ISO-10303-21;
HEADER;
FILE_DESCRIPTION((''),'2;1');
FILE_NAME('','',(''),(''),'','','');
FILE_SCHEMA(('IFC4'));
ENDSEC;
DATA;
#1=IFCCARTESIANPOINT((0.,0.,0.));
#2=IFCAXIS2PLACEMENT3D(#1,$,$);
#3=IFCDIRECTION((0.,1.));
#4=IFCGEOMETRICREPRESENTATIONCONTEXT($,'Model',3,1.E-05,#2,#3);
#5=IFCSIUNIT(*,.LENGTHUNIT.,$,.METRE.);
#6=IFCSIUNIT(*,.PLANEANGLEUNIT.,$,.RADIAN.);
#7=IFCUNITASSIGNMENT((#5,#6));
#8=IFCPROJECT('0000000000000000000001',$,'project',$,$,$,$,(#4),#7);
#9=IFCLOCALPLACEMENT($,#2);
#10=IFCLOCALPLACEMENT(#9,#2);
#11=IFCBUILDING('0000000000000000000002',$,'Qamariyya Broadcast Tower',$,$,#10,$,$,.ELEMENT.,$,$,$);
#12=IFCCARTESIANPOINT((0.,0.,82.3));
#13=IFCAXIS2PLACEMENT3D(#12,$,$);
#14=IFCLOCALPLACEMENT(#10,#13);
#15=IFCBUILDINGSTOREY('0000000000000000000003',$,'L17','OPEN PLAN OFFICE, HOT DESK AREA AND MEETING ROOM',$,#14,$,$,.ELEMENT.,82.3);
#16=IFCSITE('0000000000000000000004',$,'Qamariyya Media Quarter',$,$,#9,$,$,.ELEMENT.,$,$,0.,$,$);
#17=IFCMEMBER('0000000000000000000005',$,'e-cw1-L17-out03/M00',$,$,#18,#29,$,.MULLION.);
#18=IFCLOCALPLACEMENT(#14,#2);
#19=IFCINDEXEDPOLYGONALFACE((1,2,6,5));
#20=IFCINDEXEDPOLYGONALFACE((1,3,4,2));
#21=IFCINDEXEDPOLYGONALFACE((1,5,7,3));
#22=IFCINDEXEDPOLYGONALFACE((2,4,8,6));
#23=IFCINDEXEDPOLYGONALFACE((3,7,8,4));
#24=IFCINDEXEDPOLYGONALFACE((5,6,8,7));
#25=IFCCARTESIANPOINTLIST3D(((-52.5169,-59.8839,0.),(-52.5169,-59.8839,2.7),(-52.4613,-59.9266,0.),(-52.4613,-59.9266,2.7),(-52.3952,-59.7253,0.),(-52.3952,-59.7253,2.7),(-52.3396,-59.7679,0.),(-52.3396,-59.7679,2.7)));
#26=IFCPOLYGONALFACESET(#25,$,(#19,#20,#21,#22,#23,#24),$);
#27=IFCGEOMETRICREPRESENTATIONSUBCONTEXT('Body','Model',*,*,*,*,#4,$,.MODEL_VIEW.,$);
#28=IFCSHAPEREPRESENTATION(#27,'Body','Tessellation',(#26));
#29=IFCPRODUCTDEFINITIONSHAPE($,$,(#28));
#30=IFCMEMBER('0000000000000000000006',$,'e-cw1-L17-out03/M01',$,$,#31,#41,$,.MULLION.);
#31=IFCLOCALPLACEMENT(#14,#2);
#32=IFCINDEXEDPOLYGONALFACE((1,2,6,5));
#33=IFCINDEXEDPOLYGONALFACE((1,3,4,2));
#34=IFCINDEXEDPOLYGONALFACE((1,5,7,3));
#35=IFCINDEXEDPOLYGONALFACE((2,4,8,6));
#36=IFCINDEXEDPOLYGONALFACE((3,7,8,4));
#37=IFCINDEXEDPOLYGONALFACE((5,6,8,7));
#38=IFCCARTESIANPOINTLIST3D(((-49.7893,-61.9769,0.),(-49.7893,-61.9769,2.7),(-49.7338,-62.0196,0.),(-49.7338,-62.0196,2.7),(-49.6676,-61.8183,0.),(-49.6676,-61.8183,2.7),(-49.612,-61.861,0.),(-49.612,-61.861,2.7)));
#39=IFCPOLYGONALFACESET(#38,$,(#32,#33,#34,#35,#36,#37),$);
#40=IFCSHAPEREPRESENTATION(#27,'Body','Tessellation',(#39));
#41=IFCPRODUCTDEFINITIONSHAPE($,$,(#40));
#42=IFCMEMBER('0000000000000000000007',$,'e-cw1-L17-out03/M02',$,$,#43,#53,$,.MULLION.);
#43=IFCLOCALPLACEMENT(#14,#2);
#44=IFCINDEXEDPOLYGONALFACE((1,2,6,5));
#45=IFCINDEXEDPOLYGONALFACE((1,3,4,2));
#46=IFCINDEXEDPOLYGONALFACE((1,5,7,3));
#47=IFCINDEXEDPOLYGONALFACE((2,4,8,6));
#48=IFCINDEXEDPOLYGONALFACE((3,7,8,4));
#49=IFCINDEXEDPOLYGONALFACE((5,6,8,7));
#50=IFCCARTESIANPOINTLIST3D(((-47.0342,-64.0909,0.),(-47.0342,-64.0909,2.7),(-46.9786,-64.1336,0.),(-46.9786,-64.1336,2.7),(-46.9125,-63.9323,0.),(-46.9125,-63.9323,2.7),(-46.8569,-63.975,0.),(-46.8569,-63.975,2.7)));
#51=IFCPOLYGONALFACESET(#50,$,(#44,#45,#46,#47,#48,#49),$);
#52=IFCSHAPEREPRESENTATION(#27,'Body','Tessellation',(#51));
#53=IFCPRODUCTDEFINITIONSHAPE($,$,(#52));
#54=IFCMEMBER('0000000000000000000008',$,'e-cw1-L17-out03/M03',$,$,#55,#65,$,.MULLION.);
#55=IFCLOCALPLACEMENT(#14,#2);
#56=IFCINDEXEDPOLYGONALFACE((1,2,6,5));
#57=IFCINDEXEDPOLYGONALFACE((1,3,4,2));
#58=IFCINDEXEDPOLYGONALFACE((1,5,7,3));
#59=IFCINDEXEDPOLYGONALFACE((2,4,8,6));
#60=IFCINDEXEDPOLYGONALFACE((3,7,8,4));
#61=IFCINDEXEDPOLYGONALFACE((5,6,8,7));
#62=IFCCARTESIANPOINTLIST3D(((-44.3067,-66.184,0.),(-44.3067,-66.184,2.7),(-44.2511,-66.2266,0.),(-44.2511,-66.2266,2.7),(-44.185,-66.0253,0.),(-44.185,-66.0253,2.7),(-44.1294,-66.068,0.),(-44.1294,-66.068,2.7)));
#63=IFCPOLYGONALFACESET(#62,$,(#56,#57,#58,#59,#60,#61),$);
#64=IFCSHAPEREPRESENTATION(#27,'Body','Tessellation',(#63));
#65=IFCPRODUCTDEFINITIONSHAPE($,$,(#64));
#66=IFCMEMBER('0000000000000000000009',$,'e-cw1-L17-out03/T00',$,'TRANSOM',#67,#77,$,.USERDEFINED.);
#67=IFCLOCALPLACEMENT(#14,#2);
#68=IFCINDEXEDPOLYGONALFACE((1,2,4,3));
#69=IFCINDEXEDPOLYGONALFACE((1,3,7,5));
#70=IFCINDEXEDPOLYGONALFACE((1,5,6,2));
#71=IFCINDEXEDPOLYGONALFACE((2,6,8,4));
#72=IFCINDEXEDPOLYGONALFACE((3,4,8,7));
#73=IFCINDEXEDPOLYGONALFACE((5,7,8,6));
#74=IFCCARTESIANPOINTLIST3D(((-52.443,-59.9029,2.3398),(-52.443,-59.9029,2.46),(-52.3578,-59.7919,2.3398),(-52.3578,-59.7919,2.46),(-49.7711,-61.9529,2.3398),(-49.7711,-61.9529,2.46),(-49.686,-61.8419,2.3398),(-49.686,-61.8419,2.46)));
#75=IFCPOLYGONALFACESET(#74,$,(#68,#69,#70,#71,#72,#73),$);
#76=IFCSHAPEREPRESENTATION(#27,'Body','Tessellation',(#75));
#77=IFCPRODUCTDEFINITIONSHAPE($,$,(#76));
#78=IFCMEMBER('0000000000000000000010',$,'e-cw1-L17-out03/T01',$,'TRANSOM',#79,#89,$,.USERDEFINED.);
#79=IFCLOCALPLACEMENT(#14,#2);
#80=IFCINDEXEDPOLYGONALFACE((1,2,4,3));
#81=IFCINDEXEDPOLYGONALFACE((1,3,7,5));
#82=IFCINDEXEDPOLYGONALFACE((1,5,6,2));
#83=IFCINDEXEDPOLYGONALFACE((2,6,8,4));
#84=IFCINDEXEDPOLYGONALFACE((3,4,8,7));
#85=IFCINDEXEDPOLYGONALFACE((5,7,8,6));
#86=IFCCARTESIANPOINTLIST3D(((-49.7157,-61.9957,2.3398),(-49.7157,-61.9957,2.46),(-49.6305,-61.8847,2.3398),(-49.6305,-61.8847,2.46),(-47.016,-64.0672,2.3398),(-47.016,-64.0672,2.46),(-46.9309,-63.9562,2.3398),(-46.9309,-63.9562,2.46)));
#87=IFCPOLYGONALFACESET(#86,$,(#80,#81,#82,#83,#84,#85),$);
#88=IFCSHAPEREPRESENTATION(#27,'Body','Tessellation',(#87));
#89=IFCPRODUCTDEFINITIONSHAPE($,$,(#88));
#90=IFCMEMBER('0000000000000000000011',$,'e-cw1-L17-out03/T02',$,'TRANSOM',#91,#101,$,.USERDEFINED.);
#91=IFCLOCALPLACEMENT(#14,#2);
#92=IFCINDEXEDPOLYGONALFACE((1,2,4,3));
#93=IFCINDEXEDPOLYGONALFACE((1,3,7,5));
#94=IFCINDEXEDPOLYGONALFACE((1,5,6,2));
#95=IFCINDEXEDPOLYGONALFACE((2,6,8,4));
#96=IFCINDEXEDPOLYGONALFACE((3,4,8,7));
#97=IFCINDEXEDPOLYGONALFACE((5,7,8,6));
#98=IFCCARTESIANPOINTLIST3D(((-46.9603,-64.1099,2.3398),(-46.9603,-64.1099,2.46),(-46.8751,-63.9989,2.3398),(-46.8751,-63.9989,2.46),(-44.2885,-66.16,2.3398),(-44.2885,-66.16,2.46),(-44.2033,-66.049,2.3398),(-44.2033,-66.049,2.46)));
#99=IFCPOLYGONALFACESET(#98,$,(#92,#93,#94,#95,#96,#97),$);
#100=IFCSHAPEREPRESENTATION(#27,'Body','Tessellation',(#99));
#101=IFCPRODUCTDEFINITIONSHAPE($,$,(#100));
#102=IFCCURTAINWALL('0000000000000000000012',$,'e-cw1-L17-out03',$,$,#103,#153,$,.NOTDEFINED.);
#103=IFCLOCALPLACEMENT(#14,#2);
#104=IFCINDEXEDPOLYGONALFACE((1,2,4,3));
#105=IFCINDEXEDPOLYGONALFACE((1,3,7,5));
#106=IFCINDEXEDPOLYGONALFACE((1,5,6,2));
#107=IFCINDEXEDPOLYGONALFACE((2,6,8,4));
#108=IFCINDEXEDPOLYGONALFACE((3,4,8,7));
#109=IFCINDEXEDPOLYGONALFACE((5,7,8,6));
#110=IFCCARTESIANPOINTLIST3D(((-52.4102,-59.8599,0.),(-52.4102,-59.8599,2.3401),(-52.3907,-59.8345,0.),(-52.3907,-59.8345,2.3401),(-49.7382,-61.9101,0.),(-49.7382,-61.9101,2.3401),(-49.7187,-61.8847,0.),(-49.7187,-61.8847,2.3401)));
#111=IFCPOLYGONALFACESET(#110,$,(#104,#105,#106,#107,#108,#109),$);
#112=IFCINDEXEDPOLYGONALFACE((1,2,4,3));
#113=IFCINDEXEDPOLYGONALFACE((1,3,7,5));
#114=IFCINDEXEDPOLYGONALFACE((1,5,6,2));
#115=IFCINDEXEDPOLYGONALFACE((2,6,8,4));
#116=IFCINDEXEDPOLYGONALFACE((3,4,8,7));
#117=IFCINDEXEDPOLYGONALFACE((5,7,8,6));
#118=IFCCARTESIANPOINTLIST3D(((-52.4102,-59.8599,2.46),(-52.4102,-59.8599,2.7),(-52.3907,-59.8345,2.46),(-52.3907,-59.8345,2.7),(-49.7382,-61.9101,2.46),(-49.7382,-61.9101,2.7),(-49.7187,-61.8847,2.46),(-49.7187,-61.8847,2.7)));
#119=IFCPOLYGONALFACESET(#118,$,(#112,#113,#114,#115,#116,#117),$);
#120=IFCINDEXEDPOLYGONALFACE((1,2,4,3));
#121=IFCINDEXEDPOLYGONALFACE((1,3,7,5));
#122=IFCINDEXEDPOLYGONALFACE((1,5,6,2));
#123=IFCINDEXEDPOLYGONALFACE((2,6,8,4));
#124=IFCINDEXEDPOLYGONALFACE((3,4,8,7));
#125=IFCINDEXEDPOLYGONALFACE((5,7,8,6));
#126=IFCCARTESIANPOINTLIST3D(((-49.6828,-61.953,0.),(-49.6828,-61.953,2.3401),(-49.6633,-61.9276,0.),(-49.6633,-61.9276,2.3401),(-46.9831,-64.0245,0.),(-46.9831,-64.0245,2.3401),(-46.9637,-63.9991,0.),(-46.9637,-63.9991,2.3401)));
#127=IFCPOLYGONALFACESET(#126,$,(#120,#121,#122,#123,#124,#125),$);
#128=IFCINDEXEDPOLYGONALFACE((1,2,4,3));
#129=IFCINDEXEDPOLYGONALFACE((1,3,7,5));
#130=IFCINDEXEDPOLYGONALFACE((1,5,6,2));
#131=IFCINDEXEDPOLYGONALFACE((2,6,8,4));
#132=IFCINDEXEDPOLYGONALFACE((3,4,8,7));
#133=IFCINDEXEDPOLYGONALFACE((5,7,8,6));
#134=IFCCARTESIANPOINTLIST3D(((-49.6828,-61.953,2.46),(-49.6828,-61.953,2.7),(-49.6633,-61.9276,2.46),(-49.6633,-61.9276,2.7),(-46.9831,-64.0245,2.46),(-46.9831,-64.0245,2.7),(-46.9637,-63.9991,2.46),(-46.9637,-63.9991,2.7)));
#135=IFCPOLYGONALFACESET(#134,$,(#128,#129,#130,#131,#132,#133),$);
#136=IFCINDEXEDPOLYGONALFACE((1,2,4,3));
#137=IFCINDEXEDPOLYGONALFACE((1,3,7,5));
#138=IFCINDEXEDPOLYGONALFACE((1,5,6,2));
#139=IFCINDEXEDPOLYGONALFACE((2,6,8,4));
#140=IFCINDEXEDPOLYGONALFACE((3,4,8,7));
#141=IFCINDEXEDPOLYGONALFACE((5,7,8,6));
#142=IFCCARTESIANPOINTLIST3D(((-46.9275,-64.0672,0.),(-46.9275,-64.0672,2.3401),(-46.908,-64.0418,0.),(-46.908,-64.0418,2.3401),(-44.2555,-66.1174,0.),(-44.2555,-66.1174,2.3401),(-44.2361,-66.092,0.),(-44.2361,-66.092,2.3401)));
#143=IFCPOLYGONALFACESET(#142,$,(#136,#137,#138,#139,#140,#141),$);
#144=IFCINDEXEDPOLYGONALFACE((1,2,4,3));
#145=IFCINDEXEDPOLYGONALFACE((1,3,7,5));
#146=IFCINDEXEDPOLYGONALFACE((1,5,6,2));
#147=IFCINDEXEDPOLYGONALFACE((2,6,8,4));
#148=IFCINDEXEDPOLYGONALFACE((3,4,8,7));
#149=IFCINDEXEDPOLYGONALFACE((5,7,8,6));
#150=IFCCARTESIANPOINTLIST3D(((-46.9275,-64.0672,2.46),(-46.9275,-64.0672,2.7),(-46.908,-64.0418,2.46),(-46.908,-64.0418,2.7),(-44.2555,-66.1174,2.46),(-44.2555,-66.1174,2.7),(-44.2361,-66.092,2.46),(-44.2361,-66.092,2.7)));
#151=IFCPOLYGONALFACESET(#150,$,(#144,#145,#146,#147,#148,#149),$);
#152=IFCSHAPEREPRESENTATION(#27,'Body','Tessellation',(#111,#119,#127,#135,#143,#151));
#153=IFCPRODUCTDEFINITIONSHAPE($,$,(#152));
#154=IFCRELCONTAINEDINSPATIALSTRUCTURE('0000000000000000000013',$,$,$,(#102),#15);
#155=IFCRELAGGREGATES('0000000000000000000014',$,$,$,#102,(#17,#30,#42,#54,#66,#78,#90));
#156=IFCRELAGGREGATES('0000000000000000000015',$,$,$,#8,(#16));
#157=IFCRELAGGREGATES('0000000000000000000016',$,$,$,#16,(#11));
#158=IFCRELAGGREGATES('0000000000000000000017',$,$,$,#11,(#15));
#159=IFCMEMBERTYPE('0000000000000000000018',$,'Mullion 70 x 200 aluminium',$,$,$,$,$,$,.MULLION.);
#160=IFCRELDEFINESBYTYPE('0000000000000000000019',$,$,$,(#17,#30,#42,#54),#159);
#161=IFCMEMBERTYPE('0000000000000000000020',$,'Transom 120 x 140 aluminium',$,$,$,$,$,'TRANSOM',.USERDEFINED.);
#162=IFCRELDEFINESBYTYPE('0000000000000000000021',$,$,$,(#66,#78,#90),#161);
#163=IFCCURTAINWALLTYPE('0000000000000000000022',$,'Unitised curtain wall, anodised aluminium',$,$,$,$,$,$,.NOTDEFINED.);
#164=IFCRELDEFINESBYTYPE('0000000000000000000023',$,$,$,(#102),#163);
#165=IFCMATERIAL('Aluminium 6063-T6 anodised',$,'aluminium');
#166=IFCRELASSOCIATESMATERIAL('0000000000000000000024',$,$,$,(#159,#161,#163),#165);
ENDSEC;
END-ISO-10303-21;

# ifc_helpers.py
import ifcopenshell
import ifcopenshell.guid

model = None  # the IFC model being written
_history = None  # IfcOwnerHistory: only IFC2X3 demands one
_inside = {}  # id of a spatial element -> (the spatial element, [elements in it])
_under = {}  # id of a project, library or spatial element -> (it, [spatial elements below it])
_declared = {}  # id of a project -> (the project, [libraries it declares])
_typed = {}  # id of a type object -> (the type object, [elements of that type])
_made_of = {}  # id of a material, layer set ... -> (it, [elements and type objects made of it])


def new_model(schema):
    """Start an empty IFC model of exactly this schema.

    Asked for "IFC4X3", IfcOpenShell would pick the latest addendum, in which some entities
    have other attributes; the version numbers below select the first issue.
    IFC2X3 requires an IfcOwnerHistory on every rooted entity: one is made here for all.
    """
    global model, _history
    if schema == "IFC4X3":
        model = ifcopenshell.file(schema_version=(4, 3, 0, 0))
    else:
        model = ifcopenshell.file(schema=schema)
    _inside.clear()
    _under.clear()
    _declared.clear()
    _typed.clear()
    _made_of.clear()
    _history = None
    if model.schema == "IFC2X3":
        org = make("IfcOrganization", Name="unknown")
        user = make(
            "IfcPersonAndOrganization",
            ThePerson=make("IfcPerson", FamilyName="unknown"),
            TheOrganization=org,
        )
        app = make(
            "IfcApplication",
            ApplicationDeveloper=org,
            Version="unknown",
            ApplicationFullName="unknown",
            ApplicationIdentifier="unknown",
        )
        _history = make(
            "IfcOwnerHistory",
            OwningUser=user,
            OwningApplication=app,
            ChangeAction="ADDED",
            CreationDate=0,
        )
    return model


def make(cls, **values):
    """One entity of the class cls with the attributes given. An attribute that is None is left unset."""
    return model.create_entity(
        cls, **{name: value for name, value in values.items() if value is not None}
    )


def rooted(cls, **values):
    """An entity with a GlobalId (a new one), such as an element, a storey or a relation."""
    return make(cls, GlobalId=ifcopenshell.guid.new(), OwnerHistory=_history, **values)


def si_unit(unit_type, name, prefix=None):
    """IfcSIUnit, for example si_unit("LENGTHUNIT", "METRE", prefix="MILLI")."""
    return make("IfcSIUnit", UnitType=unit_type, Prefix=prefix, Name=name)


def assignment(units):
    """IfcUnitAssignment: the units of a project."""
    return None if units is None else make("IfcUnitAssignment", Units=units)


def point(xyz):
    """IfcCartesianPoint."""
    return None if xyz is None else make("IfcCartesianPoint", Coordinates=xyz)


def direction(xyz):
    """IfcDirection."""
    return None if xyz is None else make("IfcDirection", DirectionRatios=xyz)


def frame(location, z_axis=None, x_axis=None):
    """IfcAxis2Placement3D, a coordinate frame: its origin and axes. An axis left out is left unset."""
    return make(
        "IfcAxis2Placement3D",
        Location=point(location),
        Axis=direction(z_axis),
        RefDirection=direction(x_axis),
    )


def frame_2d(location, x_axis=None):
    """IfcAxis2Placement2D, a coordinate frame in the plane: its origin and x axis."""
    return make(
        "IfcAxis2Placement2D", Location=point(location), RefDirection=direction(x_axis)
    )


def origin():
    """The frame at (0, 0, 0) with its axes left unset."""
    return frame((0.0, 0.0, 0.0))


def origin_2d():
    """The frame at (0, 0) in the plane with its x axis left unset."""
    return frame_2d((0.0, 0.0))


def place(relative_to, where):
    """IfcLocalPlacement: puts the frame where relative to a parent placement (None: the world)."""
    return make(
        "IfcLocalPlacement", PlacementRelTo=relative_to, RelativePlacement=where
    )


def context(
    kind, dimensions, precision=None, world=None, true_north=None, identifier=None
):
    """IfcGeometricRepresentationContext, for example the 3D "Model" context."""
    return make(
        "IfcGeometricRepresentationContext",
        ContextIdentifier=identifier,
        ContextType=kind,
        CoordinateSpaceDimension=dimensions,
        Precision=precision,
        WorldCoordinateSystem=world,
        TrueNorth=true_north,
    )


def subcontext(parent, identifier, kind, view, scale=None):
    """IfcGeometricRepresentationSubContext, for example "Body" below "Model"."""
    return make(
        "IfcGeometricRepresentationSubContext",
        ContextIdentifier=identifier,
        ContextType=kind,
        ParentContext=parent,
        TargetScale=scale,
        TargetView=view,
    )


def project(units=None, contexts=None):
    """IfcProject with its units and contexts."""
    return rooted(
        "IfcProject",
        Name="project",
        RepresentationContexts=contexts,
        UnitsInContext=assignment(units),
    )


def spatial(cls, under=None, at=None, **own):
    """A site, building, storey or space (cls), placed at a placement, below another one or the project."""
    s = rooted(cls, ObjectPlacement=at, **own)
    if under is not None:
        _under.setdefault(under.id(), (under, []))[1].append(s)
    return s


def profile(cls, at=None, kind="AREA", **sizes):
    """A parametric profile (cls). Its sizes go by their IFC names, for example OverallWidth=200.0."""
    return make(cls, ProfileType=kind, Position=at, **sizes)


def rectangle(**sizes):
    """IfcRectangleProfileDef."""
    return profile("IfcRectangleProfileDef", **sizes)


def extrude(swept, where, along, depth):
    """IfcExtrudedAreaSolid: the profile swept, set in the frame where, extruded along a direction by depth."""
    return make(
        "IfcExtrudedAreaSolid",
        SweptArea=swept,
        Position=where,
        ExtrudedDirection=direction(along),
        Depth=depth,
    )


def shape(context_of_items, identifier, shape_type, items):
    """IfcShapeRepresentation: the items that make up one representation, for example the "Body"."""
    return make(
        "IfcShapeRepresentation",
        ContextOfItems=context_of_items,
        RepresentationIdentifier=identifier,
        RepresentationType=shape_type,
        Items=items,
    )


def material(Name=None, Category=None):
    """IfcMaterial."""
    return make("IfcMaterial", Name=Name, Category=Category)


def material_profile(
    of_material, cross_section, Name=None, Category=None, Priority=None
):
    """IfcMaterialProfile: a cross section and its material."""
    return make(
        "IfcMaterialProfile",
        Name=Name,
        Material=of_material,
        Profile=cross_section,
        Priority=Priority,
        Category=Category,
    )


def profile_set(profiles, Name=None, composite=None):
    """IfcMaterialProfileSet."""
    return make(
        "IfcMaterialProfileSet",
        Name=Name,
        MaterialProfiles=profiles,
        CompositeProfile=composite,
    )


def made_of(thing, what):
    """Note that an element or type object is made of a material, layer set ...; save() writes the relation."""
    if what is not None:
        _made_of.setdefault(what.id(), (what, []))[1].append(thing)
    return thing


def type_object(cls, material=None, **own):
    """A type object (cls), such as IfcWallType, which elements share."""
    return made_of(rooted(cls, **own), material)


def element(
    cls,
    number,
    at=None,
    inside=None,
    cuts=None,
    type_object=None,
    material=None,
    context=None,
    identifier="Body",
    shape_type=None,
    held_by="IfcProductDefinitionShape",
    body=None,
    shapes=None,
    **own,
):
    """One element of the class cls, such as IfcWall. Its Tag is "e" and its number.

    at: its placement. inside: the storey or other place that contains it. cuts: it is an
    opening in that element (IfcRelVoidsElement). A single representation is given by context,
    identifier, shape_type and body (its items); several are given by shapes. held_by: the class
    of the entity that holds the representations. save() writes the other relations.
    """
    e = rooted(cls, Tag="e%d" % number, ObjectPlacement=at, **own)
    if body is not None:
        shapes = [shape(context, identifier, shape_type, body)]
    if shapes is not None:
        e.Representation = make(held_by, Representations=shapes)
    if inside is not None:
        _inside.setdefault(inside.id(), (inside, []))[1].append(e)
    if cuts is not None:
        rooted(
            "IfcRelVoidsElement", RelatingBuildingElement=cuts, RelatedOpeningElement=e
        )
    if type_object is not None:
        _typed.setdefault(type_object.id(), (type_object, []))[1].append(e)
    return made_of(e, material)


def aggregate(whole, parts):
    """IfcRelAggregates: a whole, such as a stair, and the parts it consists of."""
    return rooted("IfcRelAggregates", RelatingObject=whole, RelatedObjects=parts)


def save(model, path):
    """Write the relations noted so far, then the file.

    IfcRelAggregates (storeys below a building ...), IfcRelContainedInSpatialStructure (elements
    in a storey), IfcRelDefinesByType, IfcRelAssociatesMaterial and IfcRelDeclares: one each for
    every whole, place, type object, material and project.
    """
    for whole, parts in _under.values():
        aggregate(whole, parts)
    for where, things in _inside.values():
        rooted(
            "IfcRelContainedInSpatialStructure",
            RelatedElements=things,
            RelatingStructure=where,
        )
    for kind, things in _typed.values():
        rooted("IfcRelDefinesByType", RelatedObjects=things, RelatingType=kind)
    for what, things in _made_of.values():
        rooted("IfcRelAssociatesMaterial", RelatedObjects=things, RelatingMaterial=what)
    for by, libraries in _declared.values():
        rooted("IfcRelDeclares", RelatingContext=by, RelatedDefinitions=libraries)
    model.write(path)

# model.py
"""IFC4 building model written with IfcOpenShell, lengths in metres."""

from ifc_helpers import new_model, si_unit, direction, frame, origin, origin_2d, place, context, subcontext, project, spatial, rectangle, extrude, material, material_profile, profile_set, type_object, element, aggregate, save


model = new_model("IFC4")

# Units and contexts
model_context = context("Model", 3, precision=1e-05, world=origin(), true_north=direction((0.0, 1.0)))
body_context = subcontext(model_context, "Body", "Model", "MODEL_VIEW")
ifc_project = project(units=[si_unit("LENGTHUNIT", "METRE"), si_unit("PLANEANGLEUNIT", "RADIAN")], contexts=[model_context])

# Members
ifc_material_1 = material(Name="Aluminium 6063-T6 anodised", Category="aluminium")
ifc_material_profile_1 = material_profile(ifc_material_1, rectangle(XDim=0.2, YDim=0.0701, at=origin_2d()))
ifc_profile_set_1 = profile_set([ifc_material_profile_1], Name="Aluminium 6063-T6 anodised")
member_type_1 = type_object("IfcMemberType", Name="Mullion 70 x 200 aluminium", PredefinedType="MULLION", material=ifc_profile_set_1)
site_placement = place(None, origin())
building_placement = place(site_placement, origin())
storey_placement = place(building_placement, frame((0.0, 0.0, 82.3)))
member_1_placement = place(storey_placement, frame((-52.4282, -59.8259, 0.0), z_axis=(0.0, 0.0, 1.0), x_axis=(0.608761, 0.793353, 0.0)))
member_1 = element("IfcMember", 1, at=member_1_placement, type_object=member_type_1, Name="e-cw1-L17-out03/M00", PredefinedType="MULLION", context=body_context, shape_type="SweptSolid", body=[
    extrude(rectangle(XDim=0.2, YDim=0.0701, at=origin_2d()), origin(), (0.0, 0.0, 1.0), 2.7),
])
member_2_placement = place(storey_placement, frame((-49.7007, -61.9189, 0.0), z_axis=(0.0, 0.0, 1.0), x_axis=(0.608761, 0.793353, 0.0)))
member_2 = element("IfcMember", 2, at=member_2_placement, type_object=member_type_1, Name="e-cw1-L17-out03/M01", PredefinedType="MULLION", context=body_context, shape_type="SweptSolid", body=[
    extrude(rectangle(XDim=0.2, YDim=0.0701, at=origin_2d()), origin(), (0.0, 0.0, 1.0), 2.7),
])
member_3_placement = place(storey_placement, frame((-46.9456, -64.033, 0.0), z_axis=(0.0, 0.0, 1.0), x_axis=(0.608761, 0.793353, 0.0)))
member_3 = element("IfcMember", 3, at=member_3_placement, type_object=member_type_1, Name="e-cw1-L17-out03/M02", PredefinedType="MULLION", context=body_context, shape_type="SweptSolid", body=[
    extrude(rectangle(XDim=0.2, YDim=0.0701, at=origin_2d()), origin(), (0.0, 0.0, 1.0), 2.7),
])
member_4_placement = place(storey_placement, frame((-44.218, -66.126, 0.0), z_axis=(0.0, 0.0, 1.0), x_axis=(0.608761, 0.793353, 0.0)))
member_4 = element("IfcMember", 4, at=member_4_placement, type_object=member_type_1, Name="e-cw1-L17-out03/M03", PredefinedType="MULLION", context=body_context, shape_type="SweptSolid", body=[
    extrude(rectangle(XDim=0.2, YDim=0.0701, at=origin_2d()), origin(), (0.0, 0.0, 1.0), 2.7),
])
ifc_material_profile_2 = material_profile(ifc_material_1, rectangle(XDim=0.1399, YDim=0.1201, at=origin_2d()))
ifc_profile_set_2 = profile_set([ifc_material_profile_2], Name="Aluminium 6063-T6 anodised")
member_type_2 = type_object("IfcMemberType", Name="Transom 120 x 140 aluminium", ElementType="TRANSOM", PredefinedType="USERDEFINED", material=ifc_profile_set_2)
member_5_placement = place(storey_placement, frame((-52.4004, -59.8474, 2.3999), z_axis=(0.793375, -0.608733, 0.0), x_axis=(0.608733, 0.793375, 0.0)))
member_5 = element("IfcMember", 5, at=member_5_placement, type_object=member_type_2, Name="e-cw1-L17-out03/T00", ObjectType="TRANSOM", PredefinedType="USERDEFINED", context=body_context, shape_type="SweptSolid", body=[
    extrude(rectangle(XDim=0.1399, YDim=0.1201, at=origin_2d()), origin(), (0.0, 0.0, 1.0), 3.3677),
])
member_6_placement = place(storey_placement, frame((-49.6731, -61.9402, 2.3999), z_axis=(0.793357, -0.608757, 0.0), x_axis=(0.608757, 0.793357, 0.0)))
member_6 = element("IfcMember", 6, at=member_6_placement, type_object=member_type_2, Name="e-cw1-L17-out03/T01", ObjectType="TRANSOM", PredefinedType="USERDEFINED", context=body_context, shape_type="SweptSolid", body=[
    extrude(rectangle(XDim=0.1399, YDim=0.1201, at=origin_2d()), origin(), (0.0, 0.0, 1.0), 3.4028),
])
member_7_placement = place(storey_placement, frame((-46.9177, -64.0544, 2.3999), z_axis=(0.793375, -0.608733, 0.0), x_axis=(0.608733, 0.793375, 0.0)))
member_7 = element("IfcMember", 7, at=member_7_placement, type_object=member_type_2, Name="e-cw1-L17-out03/T02", ObjectType="TRANSOM", PredefinedType="USERDEFINED", context=body_context, shape_type="SweptSolid", body=[
    extrude(rectangle(XDim=0.1399, YDim=0.1201, at=origin_2d()), origin(), (0.0, 0.0, 1.0), 3.3677),
])

# Site, building, storey
site = spatial("IfcSite", under=ifc_project, at=site_placement, Name="Qamariyya Media Quarter", CompositionType="ELEMENT", RefElevation=0.0)
building = spatial("IfcBuilding", under=site, at=building_placement, Name="Qamariyya Broadcast Tower", CompositionType="ELEMENT")
storey = spatial("IfcBuildingStorey", under=building, at=storey_placement, Name="L17", Description="OPEN PLAN OFFICE, HOT DESK AREA AND MEETING ROOM", CompositionType="ELEMENT", Elevation=82.3)

# Curtain wall
curtain_wall_type = type_object("IfcCurtainWallType", Name="Unitised curtain wall, anodised aluminium", PredefinedType="NOTDEFINED", material=ifc_material_1)
curtain_wall_1_placement = place(storey_placement, origin())
curtain_wall_1 = element("IfcCurtainWall", 8, at=curtain_wall_1_placement, inside=storey, type_object=curtain_wall_type, Name="e-cw1-L17-out03", PredefinedType="NOTDEFINED", context=body_context, shape_type="SweptSolid", body=[
    extrude(rectangle(XDim=3.3679, YDim=0.032, at=origin_2d()), frame((-51.0645, -60.8723, 0.0), x_axis=(0.793358, -0.608756, 0.0)), (0.0, 0.0, 1.0), 2.3401),
    extrude(rectangle(XDim=3.3679, YDim=0.032, at=origin_2d()), frame((-51.0645, -60.8723, 2.46), x_axis=(0.793358, -0.608756, 0.0)), (0.0, 0.0, 1.0), 0.24),
    extrude(rectangle(XDim=3.4028, YDim=0.032, at=origin_2d()), frame((-48.3232, -62.9761, 0.0), x_axis=(0.793358, -0.608756, 0.0)), (0.0, 0.0, 1.0), 2.3401),
    extrude(rectangle(XDim=3.4028, YDim=0.032, at=origin_2d()), frame((-48.3232, -62.9761, 2.46), x_axis=(0.793358, -0.608756, 0.0)), (0.0, 0.0, 1.0), 0.24),
    extrude(rectangle(XDim=3.3679, YDim=0.032, at=origin_2d()), frame((-45.5818, -65.0796, 0.0), x_axis=(0.793358, -0.608756, 0.0)), (0.0, 0.0, 1.0), 2.3401),
    extrude(rectangle(XDim=3.3679, YDim=0.032, at=origin_2d()), frame((-45.5818, -65.0796, 2.46), x_axis=(0.793358, -0.608756, 0.0)), (0.0, 0.0, 1.0), 0.24),
])
aggregate(curtain_wall_1, [member_1, member_2, member_3, member_4, member_5, member_6, member_7])

save(model, "model.ifc")
